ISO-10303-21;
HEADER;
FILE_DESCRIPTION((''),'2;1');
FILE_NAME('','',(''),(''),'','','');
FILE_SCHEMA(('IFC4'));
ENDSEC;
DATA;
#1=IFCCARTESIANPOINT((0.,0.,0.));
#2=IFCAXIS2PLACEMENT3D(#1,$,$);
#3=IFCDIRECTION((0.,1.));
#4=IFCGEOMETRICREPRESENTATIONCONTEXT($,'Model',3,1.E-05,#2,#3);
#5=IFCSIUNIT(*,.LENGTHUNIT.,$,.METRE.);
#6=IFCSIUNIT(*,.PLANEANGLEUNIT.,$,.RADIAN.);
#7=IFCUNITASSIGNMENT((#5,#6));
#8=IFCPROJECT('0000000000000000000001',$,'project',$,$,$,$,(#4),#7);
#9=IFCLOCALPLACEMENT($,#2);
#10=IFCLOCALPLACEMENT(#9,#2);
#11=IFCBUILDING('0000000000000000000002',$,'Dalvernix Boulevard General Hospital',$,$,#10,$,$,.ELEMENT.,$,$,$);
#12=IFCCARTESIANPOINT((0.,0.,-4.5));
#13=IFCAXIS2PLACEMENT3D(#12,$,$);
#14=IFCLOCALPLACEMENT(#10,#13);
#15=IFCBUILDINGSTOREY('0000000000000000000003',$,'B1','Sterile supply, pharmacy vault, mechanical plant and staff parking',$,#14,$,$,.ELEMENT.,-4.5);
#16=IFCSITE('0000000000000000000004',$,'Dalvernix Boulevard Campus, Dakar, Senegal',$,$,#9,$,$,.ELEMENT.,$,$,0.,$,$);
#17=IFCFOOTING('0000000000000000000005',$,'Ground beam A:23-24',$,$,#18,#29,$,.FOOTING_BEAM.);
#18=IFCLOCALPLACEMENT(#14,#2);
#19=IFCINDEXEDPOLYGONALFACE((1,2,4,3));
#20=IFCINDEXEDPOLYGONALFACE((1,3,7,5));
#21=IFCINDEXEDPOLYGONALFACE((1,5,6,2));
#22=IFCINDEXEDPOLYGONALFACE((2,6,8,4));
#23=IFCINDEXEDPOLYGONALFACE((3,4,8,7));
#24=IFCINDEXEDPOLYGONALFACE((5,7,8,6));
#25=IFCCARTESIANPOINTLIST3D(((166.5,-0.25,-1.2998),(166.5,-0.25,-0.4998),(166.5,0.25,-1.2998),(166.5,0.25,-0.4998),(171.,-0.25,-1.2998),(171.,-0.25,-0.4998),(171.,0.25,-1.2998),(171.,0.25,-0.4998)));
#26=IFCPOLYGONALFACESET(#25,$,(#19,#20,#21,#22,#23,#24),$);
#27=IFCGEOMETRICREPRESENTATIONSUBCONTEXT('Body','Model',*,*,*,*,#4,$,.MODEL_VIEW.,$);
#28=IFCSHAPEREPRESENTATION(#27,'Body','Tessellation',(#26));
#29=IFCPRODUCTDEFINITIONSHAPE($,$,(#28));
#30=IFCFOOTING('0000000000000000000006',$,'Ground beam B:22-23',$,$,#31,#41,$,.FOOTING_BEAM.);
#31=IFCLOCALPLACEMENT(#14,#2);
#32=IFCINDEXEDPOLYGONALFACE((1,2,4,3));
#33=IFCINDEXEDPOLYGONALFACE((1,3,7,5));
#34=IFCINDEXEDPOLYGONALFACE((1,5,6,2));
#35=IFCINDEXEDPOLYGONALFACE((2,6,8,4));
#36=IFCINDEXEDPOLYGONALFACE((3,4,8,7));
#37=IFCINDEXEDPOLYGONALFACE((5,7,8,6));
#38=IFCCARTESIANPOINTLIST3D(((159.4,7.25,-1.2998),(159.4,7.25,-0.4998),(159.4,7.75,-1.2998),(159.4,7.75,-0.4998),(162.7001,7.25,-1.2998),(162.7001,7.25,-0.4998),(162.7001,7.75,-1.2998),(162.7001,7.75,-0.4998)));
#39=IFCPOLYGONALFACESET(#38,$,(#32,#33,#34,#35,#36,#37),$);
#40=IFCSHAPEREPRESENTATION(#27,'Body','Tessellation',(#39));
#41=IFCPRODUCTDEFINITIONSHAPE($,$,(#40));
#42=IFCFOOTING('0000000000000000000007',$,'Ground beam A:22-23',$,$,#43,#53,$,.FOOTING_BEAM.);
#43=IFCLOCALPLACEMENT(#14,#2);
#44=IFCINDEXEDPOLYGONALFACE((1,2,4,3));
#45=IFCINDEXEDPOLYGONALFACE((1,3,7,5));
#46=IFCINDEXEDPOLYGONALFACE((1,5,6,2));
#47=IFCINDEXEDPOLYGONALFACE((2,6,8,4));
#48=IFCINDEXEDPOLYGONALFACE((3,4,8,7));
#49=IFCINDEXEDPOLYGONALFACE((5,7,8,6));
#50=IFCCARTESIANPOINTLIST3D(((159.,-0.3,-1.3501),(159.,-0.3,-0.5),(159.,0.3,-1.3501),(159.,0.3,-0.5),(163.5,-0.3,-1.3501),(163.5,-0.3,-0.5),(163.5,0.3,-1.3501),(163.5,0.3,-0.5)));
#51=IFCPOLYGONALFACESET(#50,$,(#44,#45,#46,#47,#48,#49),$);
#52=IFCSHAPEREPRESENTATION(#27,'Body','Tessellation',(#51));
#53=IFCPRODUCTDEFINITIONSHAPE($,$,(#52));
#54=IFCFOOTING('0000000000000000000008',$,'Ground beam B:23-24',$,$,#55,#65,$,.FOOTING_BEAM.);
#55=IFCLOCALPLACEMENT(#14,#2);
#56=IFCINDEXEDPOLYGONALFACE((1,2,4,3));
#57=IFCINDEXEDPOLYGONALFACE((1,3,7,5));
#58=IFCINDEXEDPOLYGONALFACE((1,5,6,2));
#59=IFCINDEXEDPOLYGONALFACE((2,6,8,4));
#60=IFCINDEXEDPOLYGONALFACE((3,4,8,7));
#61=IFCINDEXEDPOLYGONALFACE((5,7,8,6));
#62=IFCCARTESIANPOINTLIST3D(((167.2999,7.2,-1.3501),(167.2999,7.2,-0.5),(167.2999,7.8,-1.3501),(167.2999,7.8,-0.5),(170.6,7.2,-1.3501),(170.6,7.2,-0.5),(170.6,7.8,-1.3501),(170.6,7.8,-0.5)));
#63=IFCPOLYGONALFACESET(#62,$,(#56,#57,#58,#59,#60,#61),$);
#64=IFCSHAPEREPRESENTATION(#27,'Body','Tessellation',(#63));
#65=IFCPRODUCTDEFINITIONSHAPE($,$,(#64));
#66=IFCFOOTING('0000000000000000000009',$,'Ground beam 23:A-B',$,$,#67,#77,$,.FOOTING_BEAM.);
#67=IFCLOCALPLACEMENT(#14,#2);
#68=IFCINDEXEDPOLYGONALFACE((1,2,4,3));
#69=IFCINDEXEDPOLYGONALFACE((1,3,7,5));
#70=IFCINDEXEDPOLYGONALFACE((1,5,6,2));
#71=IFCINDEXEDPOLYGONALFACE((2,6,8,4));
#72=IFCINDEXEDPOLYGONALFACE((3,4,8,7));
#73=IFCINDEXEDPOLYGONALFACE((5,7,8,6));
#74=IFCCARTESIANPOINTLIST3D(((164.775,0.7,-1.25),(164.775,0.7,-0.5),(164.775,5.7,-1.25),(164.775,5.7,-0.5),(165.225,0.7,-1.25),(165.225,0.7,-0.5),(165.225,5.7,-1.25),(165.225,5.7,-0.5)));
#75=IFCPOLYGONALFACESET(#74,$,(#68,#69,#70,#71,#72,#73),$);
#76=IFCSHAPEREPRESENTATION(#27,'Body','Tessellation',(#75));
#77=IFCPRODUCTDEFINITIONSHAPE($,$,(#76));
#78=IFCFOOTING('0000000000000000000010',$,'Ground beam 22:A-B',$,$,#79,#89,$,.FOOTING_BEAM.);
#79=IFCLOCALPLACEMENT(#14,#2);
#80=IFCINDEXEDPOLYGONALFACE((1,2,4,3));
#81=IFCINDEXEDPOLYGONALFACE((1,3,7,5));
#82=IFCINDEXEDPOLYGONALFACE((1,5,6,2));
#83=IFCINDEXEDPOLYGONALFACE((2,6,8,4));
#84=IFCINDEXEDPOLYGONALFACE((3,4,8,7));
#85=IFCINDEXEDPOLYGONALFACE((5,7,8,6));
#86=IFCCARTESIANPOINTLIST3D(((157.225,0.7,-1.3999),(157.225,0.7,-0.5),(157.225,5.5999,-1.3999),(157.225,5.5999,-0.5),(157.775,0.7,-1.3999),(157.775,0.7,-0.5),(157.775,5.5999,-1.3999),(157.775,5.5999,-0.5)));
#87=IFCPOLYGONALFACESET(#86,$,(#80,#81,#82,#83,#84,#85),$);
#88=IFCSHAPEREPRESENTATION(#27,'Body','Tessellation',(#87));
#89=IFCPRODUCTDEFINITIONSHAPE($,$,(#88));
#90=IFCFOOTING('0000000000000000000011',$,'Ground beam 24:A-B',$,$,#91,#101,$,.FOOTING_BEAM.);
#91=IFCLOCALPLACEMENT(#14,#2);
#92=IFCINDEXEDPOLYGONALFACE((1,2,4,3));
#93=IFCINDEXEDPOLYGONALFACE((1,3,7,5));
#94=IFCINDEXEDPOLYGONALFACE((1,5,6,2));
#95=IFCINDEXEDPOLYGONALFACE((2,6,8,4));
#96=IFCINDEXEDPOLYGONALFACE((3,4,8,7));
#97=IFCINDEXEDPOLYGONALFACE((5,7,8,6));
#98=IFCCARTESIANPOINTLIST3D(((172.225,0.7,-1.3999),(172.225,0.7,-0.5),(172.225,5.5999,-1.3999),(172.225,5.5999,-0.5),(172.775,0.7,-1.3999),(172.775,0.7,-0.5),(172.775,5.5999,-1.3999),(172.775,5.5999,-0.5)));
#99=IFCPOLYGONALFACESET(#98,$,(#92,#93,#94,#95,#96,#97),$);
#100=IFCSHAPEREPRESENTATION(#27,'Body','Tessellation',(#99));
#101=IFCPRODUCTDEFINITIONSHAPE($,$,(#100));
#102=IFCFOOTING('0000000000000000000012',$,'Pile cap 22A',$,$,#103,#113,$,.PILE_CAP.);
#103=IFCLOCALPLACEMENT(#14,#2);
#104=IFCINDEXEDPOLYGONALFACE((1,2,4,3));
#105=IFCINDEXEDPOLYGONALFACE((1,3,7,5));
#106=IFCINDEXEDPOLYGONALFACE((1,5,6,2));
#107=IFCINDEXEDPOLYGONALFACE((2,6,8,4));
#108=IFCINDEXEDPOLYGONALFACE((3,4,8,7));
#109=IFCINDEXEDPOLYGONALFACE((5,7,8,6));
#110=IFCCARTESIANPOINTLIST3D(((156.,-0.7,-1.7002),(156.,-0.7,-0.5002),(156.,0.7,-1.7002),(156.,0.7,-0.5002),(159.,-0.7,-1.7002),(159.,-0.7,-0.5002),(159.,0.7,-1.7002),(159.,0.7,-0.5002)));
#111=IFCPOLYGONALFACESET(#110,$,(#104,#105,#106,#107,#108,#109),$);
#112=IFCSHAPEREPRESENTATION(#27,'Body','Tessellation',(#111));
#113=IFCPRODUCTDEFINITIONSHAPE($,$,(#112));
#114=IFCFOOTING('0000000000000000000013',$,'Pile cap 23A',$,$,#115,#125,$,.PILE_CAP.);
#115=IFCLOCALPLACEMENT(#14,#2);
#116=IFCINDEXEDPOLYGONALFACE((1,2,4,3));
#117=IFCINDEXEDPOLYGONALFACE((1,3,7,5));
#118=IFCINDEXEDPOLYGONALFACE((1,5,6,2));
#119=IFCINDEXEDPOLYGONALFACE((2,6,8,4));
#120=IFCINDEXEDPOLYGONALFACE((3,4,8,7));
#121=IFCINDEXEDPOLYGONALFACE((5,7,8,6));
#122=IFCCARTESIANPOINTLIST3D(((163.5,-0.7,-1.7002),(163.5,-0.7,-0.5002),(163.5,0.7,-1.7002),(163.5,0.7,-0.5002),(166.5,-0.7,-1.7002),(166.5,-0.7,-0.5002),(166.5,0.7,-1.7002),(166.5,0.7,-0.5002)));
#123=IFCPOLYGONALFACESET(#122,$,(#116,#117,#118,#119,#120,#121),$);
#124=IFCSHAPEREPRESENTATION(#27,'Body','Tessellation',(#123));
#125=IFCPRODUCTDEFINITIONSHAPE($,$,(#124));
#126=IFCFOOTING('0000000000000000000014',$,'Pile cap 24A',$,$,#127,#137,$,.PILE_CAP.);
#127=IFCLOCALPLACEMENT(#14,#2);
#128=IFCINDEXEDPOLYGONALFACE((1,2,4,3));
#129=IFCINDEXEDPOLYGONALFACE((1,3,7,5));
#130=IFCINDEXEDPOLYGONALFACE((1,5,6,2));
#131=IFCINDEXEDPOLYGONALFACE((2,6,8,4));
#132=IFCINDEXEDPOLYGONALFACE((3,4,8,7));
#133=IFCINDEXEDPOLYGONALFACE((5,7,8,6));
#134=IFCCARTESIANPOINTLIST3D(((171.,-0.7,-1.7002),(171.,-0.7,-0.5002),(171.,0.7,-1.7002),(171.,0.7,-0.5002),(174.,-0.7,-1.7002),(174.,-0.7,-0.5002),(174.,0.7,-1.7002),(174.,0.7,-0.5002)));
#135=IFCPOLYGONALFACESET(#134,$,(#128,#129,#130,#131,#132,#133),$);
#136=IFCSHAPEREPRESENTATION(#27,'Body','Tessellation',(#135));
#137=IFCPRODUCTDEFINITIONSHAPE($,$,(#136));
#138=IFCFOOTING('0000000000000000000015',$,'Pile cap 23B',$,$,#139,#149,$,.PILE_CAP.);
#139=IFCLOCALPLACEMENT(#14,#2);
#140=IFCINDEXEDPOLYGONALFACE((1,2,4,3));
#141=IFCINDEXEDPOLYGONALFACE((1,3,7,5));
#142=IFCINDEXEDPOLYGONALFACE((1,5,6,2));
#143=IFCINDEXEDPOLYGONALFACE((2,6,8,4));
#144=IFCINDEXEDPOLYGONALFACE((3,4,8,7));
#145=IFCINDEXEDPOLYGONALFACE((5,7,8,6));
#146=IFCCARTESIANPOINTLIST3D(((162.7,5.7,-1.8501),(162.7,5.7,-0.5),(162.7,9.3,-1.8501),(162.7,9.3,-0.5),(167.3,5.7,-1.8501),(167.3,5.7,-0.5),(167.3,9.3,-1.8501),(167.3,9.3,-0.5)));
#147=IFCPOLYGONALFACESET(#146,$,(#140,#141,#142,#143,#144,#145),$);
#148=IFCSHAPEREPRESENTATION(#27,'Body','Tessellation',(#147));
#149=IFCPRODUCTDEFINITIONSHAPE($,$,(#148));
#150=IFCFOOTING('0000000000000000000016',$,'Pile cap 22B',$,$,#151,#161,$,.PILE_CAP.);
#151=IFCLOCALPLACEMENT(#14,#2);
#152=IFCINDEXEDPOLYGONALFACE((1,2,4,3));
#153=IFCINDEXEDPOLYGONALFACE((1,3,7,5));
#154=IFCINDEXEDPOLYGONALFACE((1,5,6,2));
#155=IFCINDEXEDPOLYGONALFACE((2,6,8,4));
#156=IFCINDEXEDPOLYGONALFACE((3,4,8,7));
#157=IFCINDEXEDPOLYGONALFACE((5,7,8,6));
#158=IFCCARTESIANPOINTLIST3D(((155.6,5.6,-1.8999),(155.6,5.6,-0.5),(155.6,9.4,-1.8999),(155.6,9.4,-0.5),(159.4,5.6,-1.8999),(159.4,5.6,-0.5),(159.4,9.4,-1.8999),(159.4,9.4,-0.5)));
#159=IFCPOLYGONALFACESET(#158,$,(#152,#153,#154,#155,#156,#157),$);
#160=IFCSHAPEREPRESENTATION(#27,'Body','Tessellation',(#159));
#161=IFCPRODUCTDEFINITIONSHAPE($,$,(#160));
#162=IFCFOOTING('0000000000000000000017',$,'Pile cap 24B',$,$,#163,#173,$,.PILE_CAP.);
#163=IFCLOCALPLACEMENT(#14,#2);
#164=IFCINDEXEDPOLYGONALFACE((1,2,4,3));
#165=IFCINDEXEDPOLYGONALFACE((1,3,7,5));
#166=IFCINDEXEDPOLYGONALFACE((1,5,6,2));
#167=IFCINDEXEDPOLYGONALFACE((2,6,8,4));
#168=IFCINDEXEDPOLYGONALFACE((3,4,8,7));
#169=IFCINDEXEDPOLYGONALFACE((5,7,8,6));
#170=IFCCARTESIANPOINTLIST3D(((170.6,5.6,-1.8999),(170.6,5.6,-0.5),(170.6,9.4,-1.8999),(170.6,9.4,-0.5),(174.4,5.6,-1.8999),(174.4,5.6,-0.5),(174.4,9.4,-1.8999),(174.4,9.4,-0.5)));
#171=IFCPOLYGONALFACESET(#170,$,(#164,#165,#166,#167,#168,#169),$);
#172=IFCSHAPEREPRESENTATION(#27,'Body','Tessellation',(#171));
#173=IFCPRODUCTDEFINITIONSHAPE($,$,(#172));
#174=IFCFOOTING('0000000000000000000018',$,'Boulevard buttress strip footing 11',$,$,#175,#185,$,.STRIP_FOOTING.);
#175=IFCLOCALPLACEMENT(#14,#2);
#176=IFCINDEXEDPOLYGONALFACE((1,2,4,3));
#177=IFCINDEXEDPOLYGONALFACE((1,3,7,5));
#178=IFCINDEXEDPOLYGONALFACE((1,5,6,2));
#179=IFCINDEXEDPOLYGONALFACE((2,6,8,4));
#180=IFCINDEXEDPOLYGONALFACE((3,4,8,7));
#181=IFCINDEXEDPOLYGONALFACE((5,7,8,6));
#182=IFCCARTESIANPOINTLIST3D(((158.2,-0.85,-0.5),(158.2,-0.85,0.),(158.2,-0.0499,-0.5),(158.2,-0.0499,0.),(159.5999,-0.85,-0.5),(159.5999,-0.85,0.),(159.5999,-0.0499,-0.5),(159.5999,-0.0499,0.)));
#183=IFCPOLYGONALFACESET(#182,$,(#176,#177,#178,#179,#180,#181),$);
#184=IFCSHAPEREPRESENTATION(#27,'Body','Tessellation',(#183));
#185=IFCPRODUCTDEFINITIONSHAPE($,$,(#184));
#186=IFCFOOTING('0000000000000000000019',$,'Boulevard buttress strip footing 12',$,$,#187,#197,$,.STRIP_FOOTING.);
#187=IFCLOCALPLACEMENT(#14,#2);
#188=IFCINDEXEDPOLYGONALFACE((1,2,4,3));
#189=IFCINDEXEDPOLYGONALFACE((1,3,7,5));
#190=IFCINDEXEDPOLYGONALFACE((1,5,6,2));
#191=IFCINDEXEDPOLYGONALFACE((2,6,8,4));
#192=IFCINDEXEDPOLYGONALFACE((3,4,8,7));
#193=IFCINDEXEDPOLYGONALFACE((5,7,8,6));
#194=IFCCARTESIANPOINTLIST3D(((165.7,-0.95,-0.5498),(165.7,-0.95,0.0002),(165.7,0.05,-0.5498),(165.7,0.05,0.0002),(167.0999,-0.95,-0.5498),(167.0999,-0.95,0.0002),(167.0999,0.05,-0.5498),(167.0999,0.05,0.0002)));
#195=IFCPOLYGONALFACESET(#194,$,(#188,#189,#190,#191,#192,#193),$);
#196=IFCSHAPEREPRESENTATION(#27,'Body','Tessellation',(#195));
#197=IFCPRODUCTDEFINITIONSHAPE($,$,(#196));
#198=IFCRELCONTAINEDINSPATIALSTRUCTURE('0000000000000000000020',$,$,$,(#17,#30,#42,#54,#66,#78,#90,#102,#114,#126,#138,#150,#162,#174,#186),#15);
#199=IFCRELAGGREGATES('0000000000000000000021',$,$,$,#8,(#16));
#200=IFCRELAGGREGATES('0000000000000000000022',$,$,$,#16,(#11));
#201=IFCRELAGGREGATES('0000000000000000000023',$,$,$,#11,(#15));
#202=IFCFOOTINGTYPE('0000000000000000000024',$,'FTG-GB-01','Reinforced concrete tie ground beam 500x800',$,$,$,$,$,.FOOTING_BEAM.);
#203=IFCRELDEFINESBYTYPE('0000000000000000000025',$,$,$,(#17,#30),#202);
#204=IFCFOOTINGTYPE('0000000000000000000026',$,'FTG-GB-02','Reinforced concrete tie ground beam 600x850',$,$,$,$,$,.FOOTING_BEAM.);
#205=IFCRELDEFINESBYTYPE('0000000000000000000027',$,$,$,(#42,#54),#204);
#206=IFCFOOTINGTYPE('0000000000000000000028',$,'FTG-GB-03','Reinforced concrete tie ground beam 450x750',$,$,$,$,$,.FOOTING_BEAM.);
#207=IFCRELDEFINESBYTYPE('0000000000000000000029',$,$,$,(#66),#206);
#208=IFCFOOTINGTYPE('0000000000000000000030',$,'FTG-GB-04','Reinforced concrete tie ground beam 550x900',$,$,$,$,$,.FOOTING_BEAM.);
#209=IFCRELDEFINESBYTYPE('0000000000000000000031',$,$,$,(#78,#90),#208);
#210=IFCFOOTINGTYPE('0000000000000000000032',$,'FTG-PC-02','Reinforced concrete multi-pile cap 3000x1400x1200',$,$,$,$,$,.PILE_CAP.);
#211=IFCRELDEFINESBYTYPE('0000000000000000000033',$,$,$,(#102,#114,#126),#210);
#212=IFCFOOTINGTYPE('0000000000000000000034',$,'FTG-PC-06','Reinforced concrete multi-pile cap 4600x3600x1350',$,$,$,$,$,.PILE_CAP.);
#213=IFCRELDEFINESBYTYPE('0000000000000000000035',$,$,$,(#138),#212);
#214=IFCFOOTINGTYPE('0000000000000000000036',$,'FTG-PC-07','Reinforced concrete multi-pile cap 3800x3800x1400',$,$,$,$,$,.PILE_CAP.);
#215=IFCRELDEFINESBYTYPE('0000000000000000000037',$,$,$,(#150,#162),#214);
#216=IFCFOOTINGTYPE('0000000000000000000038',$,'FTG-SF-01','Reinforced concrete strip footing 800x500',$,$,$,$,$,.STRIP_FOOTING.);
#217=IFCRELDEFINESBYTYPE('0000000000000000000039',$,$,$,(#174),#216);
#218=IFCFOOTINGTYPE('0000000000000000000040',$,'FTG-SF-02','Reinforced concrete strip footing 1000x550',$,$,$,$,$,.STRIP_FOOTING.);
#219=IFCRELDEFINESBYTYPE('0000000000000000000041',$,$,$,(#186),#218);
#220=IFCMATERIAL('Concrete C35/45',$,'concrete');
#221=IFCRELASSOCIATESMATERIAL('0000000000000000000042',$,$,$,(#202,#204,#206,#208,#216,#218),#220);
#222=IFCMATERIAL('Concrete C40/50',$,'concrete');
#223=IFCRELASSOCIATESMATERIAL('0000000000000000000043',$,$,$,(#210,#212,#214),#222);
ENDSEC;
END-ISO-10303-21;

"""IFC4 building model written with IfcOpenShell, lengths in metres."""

from ifc_helpers import new_model, si_unit, direction, frame, origin, origin_2d, place, context, subcontext, project, spatial, rectangle, extrude, material, type_object, element, save


model = new_model("IFC4")

# Units and contexts
model_context = context("Model", 3, precision=1e-05, world=origin(), true_north=direction((0.0, 1.0)))
body_context = subcontext(model_context, "Body", "Model", "MODEL_VIEW")
ifc_project = project(units=[si_unit("LENGTHUNIT", "METRE"), si_unit("PLANEANGLEUNIT", "RADIAN")], contexts=[model_context])

# Site, building, storey
site_placement = place(None, origin())
site = spatial("IfcSite", under=ifc_project, at=site_placement, Name="Dalvernix Boulevard Campus, Dakar, Senegal", CompositionType="ELEMENT", RefElevation=0.0)
building_placement = place(site_placement, origin())
building = spatial("IfcBuilding", under=site, at=building_placement, Name="Dalvernix Boulevard General Hospital", CompositionType="ELEMENT")
storey_placement = place(building_placement, frame((0.0, 0.0, -4.5)))
storey = spatial("IfcBuildingStorey", under=building, at=storey_placement, Name="B1", Description="Sterile supply, pharmacy vault, mechanical plant and staff parking", CompositionType="ELEMENT", Elevation=-4.5)

# Footings
ifc_material_1 = material(Name="Concrete C35/45", Category="concrete")
footing_type_1 = type_object("IfcFootingType", Name="FTG-GB-01", Description="Reinforced concrete tie ground beam 500x800", PredefinedType="FOOTING_BEAM", material=ifc_material_1)
footing_1_placement = place(storey_placement, frame((168.75, 0.0, -1.2998), z_axis=(0.0, 0.0, 1.0), x_axis=(1.0, 0.0, 0.0)))
element("IfcFooting", 1, at=footing_1_placement, inside=storey, type_object=footing_type_1, Name="Ground beam A:23-24", PredefinedType="FOOTING_BEAM", context=body_context, shape_type="SweptSolid", body=[
    extrude(rectangle(XDim=4.5, YDim=0.5, at=origin_2d()), origin(), (0.0, 0.0, 1.0), 0.8),
])
footing_2_placement = place(storey_placement, frame((161.05, 7.5, -1.2998), z_axis=(0.0, 0.0, 1.0), x_axis=(1.0, 0.0, 0.0)))
element("IfcFooting", 2, at=footing_2_placement, inside=storey, type_object=footing_type_1, Name="Ground beam B:22-23", PredefinedType="FOOTING_BEAM", context=body_context, shape_type="SweptSolid", body=[
    extrude(rectangle(XDim=3.3, YDim=0.5, at=origin_2d()), origin(), (0.0, 0.0, 1.0), 0.8),
])
footing_type_2 = type_object("IfcFootingType", Name="FTG-GB-02", Description="Reinforced concrete tie ground beam 600x850", PredefinedType="FOOTING_BEAM", material=ifc_material_1)
footing_3_placement = place(storey_placement, frame((161.25, 0.0, -1.3501), z_axis=(0.0, 0.0, 1.0), x_axis=(1.0, 0.0, 0.0)))
element("IfcFooting", 3, at=footing_3_placement, inside=storey, type_object=footing_type_2, Name="Ground beam A:22-23", PredefinedType="FOOTING_BEAM", context=body_context, shape_type="SweptSolid", body=[
    extrude(rectangle(XDim=4.5, YDim=0.6001, at=origin_2d()), origin(), (0.0, 0.0, 1.0), 0.8501),
])
footing_4_placement = place(storey_placement, frame((168.95, 7.5, -1.3501), z_axis=(0.0, 0.0, 1.0), x_axis=(1.0, 0.0, 0.0)))
element("IfcFooting", 4, at=footing_4_placement, inside=storey, type_object=footing_type_2, Name="Ground beam B:23-24", PredefinedType="FOOTING_BEAM", context=body_context, shape_type="SweptSolid", body=[
    extrude(rectangle(XDim=3.3, YDim=0.6001, at=origin_2d()), origin(), (0.0, 0.0, 1.0), 0.8501),
])
footing_type_3 = type_object("IfcFootingType", Name="FTG-GB-03", Description="Reinforced concrete tie ground beam 450x750", PredefinedType="FOOTING_BEAM", material=ifc_material_1)
footing_5_placement = place(storey_placement, frame((165.0, 3.2, -1.25), z_axis=(0.0, 0.0, 1.0), x_axis=(0.0, 1.0, 0.0)))
element("IfcFooting", 5, at=footing_5_placement, inside=storey, type_object=footing_type_3, Name="Ground beam 23:A-B", PredefinedType="FOOTING_BEAM", context=body_context, shape_type="SweptSolid", body=[
    extrude(rectangle(XDim=5.0, YDim=0.45, at=origin_2d()), origin(), (0.0, 0.0, 1.0), 0.75),
])
footing_type_4 = type_object("IfcFootingType", Name="FTG-GB-04", Description="Reinforced concrete tie ground beam 550x900", PredefinedType="FOOTING_BEAM", material=ifc_material_1)
for number, where, z_axis, x_axis, name in (
    (6, (157.5, 3.1499, -1.3999), (0.0, 0.0, 1.0), (0.0, 1.0, 0.0), "Ground beam 22:A-B"),
    (7, (172.5, 3.1499, -1.3999), (0.0, 0.0, 1.0), (0.0, 1.0, 0.0), "Ground beam 24:A-B"),
):
    element("IfcFooting", number, at=place(storey_placement, frame(where, z_axis=z_axis, x_axis=x_axis)), inside=storey, type_object=footing_type_4, Name=name, PredefinedType="FOOTING_BEAM", context=body_context, shape_type="SweptSolid", body=[
        extrude(rectangle(XDim=4.8999, YDim=0.55, at=origin_2d()), origin(), (0.0, 0.0, 1.0), 0.8999),
    ])
ifc_material_2 = material(Name="Concrete C40/50", Category="concrete")
footing_type_5 = type_object("IfcFootingType", Name="FTG-PC-02", Description="Reinforced concrete multi-pile cap 3000x1400x1200", PredefinedType="PILE_CAP", material=ifc_material_2)
for number, where, z_axis, x_axis, name in (
    (8, (157.5, 0.0, -1.7002), (0.0, 0.0, 1.0), (1.0, 0.0, 0.0), "Pile cap 22A"),
    (9, (165.0, 0.0, -1.7002), (0.0, 0.0, 1.0), (1.0, 0.0, 0.0), "Pile cap 23A"),
    (10, (172.5, 0.0, -1.7002), (0.0, 0.0, 1.0), (1.0, 0.0, 0.0), "Pile cap 24A"),
):
    element("IfcFooting", number, at=place(storey_placement, frame(where, z_axis=z_axis, x_axis=x_axis)), inside=storey, type_object=footing_type_5, Name=name, PredefinedType="PILE_CAP", context=body_context, shape_type="SweptSolid", body=[
        extrude(rectangle(XDim=3.0, YDim=1.3999, at=origin_2d()), origin(), (0.0, 0.0, 1.0), 1.2),
    ])
footing_type_6 = type_object("IfcFootingType", Name="FTG-PC-06", Description="Reinforced concrete multi-pile cap 4600x3600x1350", PredefinedType="PILE_CAP", material=ifc_material_2)
footing_6_placement = place(storey_placement, frame((165.0, 7.5, -1.8501), z_axis=(0.0, 0.0, 1.0), x_axis=(1.0, 0.0, 0.0)))
element("IfcFooting", 11, at=footing_6_placement, inside=storey, type_object=footing_type_6, Name="Pile cap 23B", PredefinedType="PILE_CAP", context=body_context, shape_type="SweptSolid", body=[
    extrude(rectangle(XDim=4.6001, YDim=3.6001, at=origin_2d()), origin(), (0.0, 0.0, 1.0), 1.3501),
])
footing_type_7 = type_object("IfcFootingType", Name="FTG-PC-07", Description="Reinforced concrete multi-pile cap 3800x3800x1400", PredefinedType="PILE_CAP", material=ifc_material_2)
for number, where, z_axis, x_axis, name in (
    (12, (157.5, 7.5, -1.8999), (0.0, 0.0, 1.0), (1.0, 0.0, 0.0), "Pile cap 22B"),
    (13, (172.5, 7.5, -1.8999), (0.0, 0.0, 1.0), (1.0, 0.0, 0.0), "Pile cap 24B"),
):
    element("IfcFooting", number, at=place(storey_placement, frame(where, z_axis=z_axis, x_axis=x_axis)), inside=storey, type_object=footing_type_7, Name=name, PredefinedType="PILE_CAP", context=body_context, shape_type="SweptSolid", body=[
        extrude(rectangle(XDim=3.8, YDim=3.8, at=origin_2d()), origin(), (0.0, 0.0, 1.0), 1.3999),
    ])
footing_type_8 = type_object("IfcFootingType", Name="FTG-SF-01", Description="Reinforced concrete strip footing 800x500", PredefinedType="STRIP_FOOTING", material=ifc_material_1)
footing_7_placement = place(storey_placement, frame((158.8999, -0.45, -0.5), z_axis=(0.0, 0.0, 1.0), x_axis=(1.0, 0.0, 0.0)))
element("IfcFooting", 14, at=footing_7_placement, inside=storey, type_object=footing_type_8, Name="Boulevard buttress strip footing 11", PredefinedType="STRIP_FOOTING", context=body_context, shape_type="SweptSolid", body=[
    extrude(rectangle(XDim=1.3999, YDim=0.8, at=origin_2d()), origin(), (0.0, 0.0, 1.0), 0.5),
])
footing_type_9 = type_object("IfcFootingType", Name="FTG-SF-02", Description="Reinforced concrete strip footing 1000x550", PredefinedType="STRIP_FOOTING", material=ifc_material_1)
footing_8_placement = place(storey_placement, frame((166.3999, -0.45, -0.5498), z_axis=(0.0, 0.0, 1.0), x_axis=(1.0, 0.0, 0.0)))
element("IfcFooting", 15, at=footing_8_placement, inside=storey, type_object=footing_type_9, Name="Boulevard buttress strip footing 12", PredefinedType="STRIP_FOOTING", context=body_context, shape_type="SweptSolid", body=[
    extrude(rectangle(XDim=1.3999, YDim=1.0, at=origin_2d()), origin(), (0.0, 0.0, 1.0), 0.55),
])

save(model, "model.ifc")
